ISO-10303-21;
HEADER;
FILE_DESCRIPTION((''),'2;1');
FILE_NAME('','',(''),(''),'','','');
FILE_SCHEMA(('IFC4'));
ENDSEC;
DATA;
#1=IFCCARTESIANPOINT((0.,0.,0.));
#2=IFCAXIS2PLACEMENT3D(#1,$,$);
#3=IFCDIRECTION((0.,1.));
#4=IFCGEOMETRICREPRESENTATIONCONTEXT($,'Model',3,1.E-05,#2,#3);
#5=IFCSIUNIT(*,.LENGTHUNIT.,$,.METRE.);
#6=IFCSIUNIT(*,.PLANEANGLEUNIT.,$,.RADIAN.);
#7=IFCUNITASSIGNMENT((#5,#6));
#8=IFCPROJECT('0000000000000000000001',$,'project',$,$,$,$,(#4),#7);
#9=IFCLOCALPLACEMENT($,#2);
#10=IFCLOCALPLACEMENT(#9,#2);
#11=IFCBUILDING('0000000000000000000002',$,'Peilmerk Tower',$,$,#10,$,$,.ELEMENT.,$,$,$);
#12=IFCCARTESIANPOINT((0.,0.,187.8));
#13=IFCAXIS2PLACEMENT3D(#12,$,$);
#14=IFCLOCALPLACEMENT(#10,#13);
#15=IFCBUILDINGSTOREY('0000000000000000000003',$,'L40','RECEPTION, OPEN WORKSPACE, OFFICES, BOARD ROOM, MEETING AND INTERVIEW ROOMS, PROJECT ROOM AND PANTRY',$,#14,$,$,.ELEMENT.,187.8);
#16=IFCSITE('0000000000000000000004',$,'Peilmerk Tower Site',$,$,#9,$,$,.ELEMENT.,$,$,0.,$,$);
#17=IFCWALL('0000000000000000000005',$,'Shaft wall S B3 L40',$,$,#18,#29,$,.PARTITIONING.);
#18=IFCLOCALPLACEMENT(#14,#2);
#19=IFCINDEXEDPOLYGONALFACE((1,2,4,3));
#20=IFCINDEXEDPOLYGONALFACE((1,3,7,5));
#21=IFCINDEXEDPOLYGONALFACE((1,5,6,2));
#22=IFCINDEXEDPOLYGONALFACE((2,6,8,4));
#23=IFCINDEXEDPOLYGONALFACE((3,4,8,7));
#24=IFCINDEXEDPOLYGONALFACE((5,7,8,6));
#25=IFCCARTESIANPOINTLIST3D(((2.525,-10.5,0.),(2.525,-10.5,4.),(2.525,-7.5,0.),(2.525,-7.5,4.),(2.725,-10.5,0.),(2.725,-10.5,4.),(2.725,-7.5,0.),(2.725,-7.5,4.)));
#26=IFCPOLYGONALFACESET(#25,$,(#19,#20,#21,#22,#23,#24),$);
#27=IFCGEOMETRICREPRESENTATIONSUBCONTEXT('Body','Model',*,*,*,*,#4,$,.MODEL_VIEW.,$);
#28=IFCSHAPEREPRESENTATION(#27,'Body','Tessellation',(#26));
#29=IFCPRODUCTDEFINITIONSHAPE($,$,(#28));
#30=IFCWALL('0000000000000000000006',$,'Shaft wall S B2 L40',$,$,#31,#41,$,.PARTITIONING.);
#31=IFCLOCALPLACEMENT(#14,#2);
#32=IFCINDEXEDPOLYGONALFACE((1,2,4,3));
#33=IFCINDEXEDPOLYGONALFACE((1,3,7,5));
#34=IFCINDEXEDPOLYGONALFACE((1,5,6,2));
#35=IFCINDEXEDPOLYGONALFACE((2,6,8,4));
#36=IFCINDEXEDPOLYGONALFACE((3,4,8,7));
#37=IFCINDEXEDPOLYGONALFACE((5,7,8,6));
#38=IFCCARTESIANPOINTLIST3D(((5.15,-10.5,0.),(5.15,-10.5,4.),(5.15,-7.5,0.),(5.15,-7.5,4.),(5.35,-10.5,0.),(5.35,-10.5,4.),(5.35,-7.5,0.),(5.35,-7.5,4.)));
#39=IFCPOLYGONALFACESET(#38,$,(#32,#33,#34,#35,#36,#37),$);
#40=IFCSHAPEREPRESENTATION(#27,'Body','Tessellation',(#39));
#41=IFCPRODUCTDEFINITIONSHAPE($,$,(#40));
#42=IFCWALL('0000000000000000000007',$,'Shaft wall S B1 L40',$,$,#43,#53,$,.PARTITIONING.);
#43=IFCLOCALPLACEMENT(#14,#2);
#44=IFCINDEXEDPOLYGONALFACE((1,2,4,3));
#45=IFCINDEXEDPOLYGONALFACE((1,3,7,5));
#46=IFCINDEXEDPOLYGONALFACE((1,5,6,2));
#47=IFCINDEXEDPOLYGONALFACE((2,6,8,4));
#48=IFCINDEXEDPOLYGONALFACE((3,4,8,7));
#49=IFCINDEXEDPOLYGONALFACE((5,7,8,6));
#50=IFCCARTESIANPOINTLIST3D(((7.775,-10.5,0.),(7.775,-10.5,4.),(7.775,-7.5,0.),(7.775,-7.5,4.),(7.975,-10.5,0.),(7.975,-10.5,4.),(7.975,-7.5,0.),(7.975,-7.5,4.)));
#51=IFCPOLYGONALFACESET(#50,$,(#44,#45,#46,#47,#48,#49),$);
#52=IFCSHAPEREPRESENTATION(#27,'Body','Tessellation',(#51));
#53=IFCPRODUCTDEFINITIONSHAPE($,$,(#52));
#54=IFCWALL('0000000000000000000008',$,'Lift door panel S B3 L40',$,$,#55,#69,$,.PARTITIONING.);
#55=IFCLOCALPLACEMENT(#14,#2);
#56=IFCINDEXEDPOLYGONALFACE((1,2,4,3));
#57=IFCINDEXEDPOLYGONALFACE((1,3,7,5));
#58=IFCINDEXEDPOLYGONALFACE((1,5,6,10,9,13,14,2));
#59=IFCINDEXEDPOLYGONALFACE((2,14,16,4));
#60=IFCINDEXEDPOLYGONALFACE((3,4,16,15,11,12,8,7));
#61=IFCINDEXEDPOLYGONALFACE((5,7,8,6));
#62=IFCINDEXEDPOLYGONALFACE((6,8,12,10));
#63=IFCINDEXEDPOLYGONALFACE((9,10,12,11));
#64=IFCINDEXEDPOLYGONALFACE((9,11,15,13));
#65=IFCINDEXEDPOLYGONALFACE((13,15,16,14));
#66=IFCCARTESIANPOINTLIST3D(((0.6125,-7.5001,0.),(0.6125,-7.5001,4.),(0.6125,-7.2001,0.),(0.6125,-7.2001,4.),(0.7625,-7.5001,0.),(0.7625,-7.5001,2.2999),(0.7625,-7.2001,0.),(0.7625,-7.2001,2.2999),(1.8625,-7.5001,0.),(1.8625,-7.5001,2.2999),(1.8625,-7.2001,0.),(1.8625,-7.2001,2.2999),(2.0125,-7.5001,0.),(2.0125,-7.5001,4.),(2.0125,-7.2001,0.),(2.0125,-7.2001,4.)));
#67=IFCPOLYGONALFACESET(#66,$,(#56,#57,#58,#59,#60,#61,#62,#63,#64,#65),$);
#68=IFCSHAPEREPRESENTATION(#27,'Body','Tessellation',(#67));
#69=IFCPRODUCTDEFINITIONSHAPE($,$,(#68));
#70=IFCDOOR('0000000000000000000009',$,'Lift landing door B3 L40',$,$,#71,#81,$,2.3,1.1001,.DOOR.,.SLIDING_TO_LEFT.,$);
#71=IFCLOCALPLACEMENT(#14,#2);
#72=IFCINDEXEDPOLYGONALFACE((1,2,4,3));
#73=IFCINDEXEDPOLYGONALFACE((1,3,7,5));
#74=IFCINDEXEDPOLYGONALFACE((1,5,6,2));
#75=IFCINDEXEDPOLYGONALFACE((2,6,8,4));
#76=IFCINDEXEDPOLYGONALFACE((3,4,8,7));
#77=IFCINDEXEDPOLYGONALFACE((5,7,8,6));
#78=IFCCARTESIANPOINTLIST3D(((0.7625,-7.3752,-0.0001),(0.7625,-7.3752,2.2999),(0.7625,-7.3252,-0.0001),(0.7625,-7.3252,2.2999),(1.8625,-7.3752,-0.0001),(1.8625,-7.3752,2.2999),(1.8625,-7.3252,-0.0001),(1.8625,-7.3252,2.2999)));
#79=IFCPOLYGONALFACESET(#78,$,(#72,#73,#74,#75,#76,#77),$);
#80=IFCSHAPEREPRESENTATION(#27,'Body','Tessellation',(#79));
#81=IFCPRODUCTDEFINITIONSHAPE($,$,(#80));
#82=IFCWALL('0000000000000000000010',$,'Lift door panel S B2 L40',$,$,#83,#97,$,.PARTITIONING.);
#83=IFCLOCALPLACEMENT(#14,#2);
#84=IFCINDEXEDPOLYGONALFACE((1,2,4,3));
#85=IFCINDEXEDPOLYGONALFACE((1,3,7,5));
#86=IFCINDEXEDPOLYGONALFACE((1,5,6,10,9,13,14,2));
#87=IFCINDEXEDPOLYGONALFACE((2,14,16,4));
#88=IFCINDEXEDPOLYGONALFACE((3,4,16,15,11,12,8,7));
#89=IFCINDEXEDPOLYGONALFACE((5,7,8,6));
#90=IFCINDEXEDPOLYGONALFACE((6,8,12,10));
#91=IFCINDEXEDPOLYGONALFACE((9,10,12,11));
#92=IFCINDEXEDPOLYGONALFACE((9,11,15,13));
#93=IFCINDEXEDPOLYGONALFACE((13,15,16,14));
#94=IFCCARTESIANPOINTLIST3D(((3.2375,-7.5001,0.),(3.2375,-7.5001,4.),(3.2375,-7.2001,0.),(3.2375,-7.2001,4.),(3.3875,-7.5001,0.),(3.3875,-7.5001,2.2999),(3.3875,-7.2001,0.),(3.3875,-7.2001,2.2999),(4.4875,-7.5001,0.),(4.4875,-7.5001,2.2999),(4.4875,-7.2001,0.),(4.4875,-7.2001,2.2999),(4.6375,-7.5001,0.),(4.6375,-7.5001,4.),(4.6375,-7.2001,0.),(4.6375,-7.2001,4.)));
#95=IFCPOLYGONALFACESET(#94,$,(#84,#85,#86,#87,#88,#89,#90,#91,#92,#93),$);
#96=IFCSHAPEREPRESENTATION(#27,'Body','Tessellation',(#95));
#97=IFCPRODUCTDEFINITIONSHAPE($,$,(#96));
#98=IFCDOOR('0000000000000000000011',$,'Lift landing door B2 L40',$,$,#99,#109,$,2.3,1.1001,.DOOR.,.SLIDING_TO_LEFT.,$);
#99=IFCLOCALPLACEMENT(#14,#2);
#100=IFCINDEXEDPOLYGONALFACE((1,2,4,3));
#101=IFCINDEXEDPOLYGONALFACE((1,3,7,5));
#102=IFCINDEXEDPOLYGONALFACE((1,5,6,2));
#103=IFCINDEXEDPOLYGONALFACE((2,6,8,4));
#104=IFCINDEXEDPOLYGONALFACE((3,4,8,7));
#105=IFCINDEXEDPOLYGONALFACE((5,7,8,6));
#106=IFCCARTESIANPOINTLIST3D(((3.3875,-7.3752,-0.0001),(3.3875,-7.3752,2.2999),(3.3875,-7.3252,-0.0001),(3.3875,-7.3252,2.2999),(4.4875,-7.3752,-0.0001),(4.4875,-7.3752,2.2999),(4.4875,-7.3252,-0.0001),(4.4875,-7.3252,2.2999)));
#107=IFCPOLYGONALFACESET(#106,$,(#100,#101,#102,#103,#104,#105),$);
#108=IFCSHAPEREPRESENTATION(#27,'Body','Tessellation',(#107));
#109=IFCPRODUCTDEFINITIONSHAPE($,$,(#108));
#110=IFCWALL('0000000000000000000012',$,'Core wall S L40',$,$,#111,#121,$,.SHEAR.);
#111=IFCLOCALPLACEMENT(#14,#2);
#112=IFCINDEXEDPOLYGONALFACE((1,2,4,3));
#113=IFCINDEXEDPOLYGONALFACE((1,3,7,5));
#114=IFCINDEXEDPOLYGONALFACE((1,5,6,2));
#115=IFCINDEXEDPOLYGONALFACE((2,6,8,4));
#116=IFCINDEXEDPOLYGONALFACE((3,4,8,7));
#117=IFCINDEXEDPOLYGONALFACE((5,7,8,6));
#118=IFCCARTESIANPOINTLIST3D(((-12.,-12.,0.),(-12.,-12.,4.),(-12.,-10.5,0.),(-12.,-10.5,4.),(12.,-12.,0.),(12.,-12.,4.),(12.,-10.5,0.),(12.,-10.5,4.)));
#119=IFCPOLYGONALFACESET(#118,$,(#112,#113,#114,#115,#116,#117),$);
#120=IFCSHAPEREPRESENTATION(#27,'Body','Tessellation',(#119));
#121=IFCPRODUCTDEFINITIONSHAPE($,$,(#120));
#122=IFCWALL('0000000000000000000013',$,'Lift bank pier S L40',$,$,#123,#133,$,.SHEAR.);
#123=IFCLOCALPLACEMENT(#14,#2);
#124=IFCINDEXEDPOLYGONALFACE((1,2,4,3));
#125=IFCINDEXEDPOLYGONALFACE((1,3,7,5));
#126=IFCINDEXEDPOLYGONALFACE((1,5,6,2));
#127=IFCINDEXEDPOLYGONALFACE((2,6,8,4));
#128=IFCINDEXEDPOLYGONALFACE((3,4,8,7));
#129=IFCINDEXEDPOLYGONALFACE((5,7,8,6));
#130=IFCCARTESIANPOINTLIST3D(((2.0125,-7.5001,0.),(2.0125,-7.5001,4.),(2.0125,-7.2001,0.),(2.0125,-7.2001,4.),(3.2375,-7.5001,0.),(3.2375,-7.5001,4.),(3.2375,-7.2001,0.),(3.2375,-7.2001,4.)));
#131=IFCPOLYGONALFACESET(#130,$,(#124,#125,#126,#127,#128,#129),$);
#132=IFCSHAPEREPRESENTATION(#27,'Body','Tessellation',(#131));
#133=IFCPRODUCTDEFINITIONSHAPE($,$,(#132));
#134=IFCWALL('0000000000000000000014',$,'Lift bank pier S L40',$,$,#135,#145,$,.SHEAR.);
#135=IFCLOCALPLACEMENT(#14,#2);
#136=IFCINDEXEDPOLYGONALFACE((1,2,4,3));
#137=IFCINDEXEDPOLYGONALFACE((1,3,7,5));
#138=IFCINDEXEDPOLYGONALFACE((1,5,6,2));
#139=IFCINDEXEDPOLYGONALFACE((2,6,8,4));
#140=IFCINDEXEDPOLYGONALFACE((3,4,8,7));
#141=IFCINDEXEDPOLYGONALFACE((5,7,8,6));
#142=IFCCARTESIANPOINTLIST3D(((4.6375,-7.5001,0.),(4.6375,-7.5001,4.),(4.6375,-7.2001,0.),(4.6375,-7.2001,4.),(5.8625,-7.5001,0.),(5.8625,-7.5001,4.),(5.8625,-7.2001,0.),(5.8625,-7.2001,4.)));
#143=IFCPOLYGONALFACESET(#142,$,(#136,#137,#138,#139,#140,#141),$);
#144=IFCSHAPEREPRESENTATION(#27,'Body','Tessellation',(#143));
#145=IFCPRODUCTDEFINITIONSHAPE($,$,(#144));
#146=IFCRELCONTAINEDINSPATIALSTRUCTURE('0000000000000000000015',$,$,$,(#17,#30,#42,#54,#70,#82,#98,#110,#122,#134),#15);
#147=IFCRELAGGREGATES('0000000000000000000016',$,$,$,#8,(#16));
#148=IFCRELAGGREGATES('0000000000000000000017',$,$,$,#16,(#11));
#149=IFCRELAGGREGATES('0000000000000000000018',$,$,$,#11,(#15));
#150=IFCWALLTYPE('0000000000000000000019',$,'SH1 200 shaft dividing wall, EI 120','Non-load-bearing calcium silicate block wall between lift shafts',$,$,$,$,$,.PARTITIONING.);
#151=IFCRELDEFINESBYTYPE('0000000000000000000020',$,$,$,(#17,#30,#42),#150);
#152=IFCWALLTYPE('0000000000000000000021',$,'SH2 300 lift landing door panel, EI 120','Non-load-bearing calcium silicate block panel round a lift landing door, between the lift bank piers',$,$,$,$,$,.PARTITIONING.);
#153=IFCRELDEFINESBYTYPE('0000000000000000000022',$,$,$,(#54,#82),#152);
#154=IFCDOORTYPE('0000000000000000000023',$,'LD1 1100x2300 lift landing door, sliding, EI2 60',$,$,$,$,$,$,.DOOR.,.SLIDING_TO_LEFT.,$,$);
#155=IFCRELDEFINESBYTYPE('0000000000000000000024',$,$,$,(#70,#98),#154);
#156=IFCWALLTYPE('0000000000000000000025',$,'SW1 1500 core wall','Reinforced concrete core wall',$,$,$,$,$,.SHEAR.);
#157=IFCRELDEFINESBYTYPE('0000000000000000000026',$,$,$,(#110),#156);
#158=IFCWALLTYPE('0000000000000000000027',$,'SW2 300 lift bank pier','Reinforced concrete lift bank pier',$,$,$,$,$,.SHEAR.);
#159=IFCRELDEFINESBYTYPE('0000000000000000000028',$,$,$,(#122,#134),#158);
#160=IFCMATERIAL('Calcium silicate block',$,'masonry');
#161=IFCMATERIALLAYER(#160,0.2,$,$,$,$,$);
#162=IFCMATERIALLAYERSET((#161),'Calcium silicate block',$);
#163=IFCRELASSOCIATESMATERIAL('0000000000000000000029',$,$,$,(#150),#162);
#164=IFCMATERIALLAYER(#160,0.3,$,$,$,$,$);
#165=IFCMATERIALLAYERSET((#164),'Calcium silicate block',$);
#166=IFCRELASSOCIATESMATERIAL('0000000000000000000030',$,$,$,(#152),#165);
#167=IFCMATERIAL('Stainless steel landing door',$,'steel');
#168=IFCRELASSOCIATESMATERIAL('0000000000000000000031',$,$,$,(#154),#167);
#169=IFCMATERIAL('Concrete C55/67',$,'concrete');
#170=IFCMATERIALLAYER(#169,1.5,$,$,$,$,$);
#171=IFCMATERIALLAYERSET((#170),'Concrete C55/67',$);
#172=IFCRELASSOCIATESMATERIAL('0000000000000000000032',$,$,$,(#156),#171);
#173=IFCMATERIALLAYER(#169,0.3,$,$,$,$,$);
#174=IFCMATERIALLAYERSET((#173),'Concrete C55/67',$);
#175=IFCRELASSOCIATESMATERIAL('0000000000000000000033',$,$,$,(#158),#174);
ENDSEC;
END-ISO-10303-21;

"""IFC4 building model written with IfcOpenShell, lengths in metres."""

from ifc_helpers import new_model, si_unit, direction, frame, frame_2d, origin, place, context, subcontext, project, spatial, rectangle, extrude, material, layer, layer_set, type_object, element, fill, save


model = new_model("IFC4")

# Units and contexts
model_context = context("Model", 3, precision=1e-05, world=origin(), true_north=direction((0.0, 1.0)))
body_context = subcontext(model_context, "Body", "Model", "MODEL_VIEW")
ifc_project = project(units=[si_unit("LENGTHUNIT", "METRE"), si_unit("PLANEANGLEUNIT", "RADIAN")], contexts=[model_context])

# Site, building, storey
site_placement = place(None, origin())
site = spatial("IfcSite", under=ifc_project, at=site_placement, Name="Peilmerk Tower Site", CompositionType="ELEMENT", RefElevation=0.0)
building_placement = place(site_placement, origin())
building = spatial("IfcBuilding", under=site, at=building_placement, Name="Peilmerk Tower", CompositionType="ELEMENT")
storey_placement = place(building_placement, frame((0.0, 0.0, 187.8)))
storey = spatial("IfcBuildingStorey", under=building, at=storey_placement, Name="L40", Description="RECEPTION, OPEN WORKSPACE, OFFICES, BOARD ROOM, MEETING AND INTERVIEW ROOMS, PROJECT ROOM AND PANTRY", CompositionType="ELEMENT", Elevation=187.8)

# Shared definitions
ifc_material_1 = material(Name="Calcium silicate block", Category="masonry")

# Walls
ifc_layer_1 = layer(ifc_material_1, 0.2)
ifc_layer_set_1 = layer_set([ifc_layer_1], Name="Calcium silicate block")
wall_type_1 = type_object("IfcWallType", Name="SH1 200 shaft dividing wall, EI 120", Description="Non-load-bearing calcium silicate block wall between lift shafts", PredefinedType="PARTITIONING", material=ifc_layer_set_1)
for number, where, z_axis, x_axis, name in (
    (1, (2.625, -10.5, 0.0), (0.0, 0.0, 1.0), (0.0, 1.0, 0.0), "Shaft wall S B3 L40"),
    (2, (5.25, -10.5, 0.0), (0.0, 0.0, 1.0), (0.0, 1.0, 0.0), "Shaft wall S B2 L40"),
    (3, (7.875, -10.5, 0.0), (0.0, 0.0, 1.0), (0.0, 1.0, 0.0), "Shaft wall S B1 L40"),
):
    element("IfcWall", number, at=place(storey_placement, frame(where, z_axis=z_axis, x_axis=x_axis)), inside=storey, type_object=wall_type_1, Name=name, PredefinedType="PARTITIONING", context=body_context, shape_type="SweptSolid", body=[
        extrude(rectangle(XDim=3.0, YDim=0.2, at=frame_2d((1.5, 0.0))), origin(), (0.0, 0.0, 1.0), 4.0),
    ])

# Walls, openings, doors
ifc_layer_2 = layer(ifc_material_1, 0.3)
ifc_layer_set_2 = layer_set([ifc_layer_2], Name="Calcium silicate block")
wall_type_2 = type_object("IfcWallType", Name="SH2 300 lift landing door panel, EI 120", Description="Non-load-bearing calcium silicate block panel round a lift landing door, between the lift bank piers", PredefinedType="PARTITIONING", material=ifc_layer_set_2)
wall_1_placement = place(storey_placement, frame((0.6125, -7.3501, 0.0), z_axis=(0.0, 0.0, 1.0), x_axis=(1.0, 0.0, 0.0)))
wall_1 = element("IfcWall", 4, at=wall_1_placement, inside=storey, type_object=wall_type_2, Name="Lift door panel S B3 L40", PredefinedType="PARTITIONING", context=body_context, shape_type="SweptSolid", body=[
    extrude(rectangle(XDim=1.3999, YDim=0.3, at=frame_2d((0.7, 0.0))), origin(), (0.0, 0.0, 1.0), 4.0),
])
opening_1_placement = place(wall_1_placement, frame((0.1499, 0.0, 0.0)))
opening_1 = element("IfcOpeningElement", 5, at=opening_1_placement, cuts=wall_1, PredefinedType="OPENING", context=body_context, shape_type="SweptSolid", body=[
    extrude(rectangle(XDim=1.1001, YDim=2.3, at=frame_2d((0.55, 1.1499))), frame((0.0, 0.1599, 0.0), z_axis=(0.0, -1.0, 0.0), x_axis=(1.0, 0.0, 0.0)), (0.0, 0.0, 1.0), 0.3201),
])
ifc_material_2 = material(Name="Stainless steel landing door", Category="steel")
door_type_1 = type_object("IfcDoorType", Name="LD1 1100x2300 lift landing door, sliding, EI2 60", OperationType="SLIDING_TO_LEFT", PredefinedType="DOOR", material=ifc_material_2)
door_1_placement = place(opening_1_placement, origin())
door_1 = element("IfcDoor", 6, at=door_1_placement, inside=storey, type_object=door_type_1, Name="Lift landing door B3 L40", OperationType="SLIDING_TO_LEFT", OverallHeight=2.3, OverallWidth=1.1001, PredefinedType="DOOR", context=body_context, shape_type="SweptSolid", body=[
    extrude(rectangle(XDim=1.1001, YDim=2.3, at=frame_2d((0.55, 1.1499))), frame((0.0, 0.0249, 0.0), z_axis=(0.0, -1.0, 0.0), x_axis=(1.0, 0.0, 0.0)), (0.0, 0.0, 1.0), 0.05),
])
fill(opening_1, door_1)
wall_2_placement = place(storey_placement, frame((3.2375, -7.3501, 0.0), z_axis=(0.0, 0.0, 1.0), x_axis=(1.0, 0.0, 0.0)))
wall_2 = element("IfcWall", 7, at=wall_2_placement, inside=storey, type_object=wall_type_2, Name="Lift door panel S B2 L40", PredefinedType="PARTITIONING", context=body_context, shape_type="SweptSolid", body=[
    extrude(rectangle(XDim=1.3999, YDim=0.3, at=frame_2d((0.7, 0.0))), origin(), (0.0, 0.0, 1.0), 4.0),
])
opening_2_placement = place(wall_2_placement, frame((0.1499, 0.0, 0.0)))
opening_2 = element("IfcOpeningElement", 8, at=opening_2_placement, cuts=wall_2, PredefinedType="OPENING", context=body_context, shape_type="SweptSolid", body=[
    extrude(rectangle(XDim=1.1001, YDim=2.3, at=frame_2d((0.55, 1.1499))), frame((0.0, 0.1599, 0.0), z_axis=(0.0, -1.0, 0.0), x_axis=(1.0, 0.0, 0.0)), (0.0, 0.0, 1.0), 0.3201),
])
door_2_placement = place(opening_2_placement, origin())
door_2 = element("IfcDoor", 9, at=door_2_placement, inside=storey, type_object=door_type_1, Name="Lift landing door B2 L40", OperationType="SLIDING_TO_LEFT", OverallHeight=2.3, OverallWidth=1.1001, PredefinedType="DOOR", context=body_context, shape_type="SweptSolid", body=[
    extrude(rectangle(XDim=1.1001, YDim=2.3, at=frame_2d((0.55, 1.1499))), frame((0.0, 0.0249, 0.0), z_axis=(0.0, -1.0, 0.0), x_axis=(1.0, 0.0, 0.0)), (0.0, 0.0, 1.0), 0.05),
])
fill(opening_2, door_2)

# Walls
ifc_material_3 = material(Name="Concrete C55/67", Category="concrete")
ifc_layer_3 = layer(ifc_material_3, 1.5)
ifc_layer_set_3 = layer_set([ifc_layer_3], Name="Concrete C55/67")
wall_type_3 = type_object("IfcWallType", Name="SW1 1500 core wall", Description="Reinforced concrete core wall", PredefinedType="SHEAR", material=ifc_layer_set_3)
wall_3_placement = place(storey_placement, frame((12.0, -11.25, 0.0), z_axis=(0.0, 0.0, 1.0), x_axis=(-1.0, 0.0, 0.0)))
element("IfcWall", 10, at=wall_3_placement, inside=storey, type_object=wall_type_3, Name="Core wall S L40", PredefinedType="SHEAR", context=body_context, shape_type="SweptSolid", body=[
    extrude(rectangle(XDim=24.0, YDim=1.5, at=frame_2d((12.0, 0.0))), origin(), (0.0, 0.0, 1.0), 4.0),
])
ifc_layer_4 = layer(ifc_material_3, 0.3)
ifc_layer_set_4 = layer_set([ifc_layer_4], Name="Concrete C55/67")
wall_type_4 = type_object("IfcWallType", Name="SW2 300 lift bank pier", Description="Reinforced concrete lift bank pier", PredefinedType="SHEAR", material=ifc_layer_set_4)
for number, where, z_axis, x_axis, name in (
    (11, (2.0125, -7.3501, 0.0), (0.0, 0.0, 1.0), (1.0, 0.0, 0.0), "Lift bank pier S L40"),
    (12, (4.6375, -7.3501, 0.0), (0.0, 0.0, 1.0), (1.0, 0.0, 0.0), "Lift bank pier S L40"),
):
    element("IfcWall", number, at=place(storey_placement, frame(where, z_axis=z_axis, x_axis=x_axis)), inside=storey, type_object=wall_type_4, Name=name, PredefinedType="SHEAR", context=body_context, shape_type="SweptSolid", body=[
        extrude(rectangle(XDim=1.2251, YDim=0.3, at=frame_2d((0.6125, 0.0))), origin(), (0.0, 0.0, 1.0), 4.0),
    ])

save(model, "model.ifc")
